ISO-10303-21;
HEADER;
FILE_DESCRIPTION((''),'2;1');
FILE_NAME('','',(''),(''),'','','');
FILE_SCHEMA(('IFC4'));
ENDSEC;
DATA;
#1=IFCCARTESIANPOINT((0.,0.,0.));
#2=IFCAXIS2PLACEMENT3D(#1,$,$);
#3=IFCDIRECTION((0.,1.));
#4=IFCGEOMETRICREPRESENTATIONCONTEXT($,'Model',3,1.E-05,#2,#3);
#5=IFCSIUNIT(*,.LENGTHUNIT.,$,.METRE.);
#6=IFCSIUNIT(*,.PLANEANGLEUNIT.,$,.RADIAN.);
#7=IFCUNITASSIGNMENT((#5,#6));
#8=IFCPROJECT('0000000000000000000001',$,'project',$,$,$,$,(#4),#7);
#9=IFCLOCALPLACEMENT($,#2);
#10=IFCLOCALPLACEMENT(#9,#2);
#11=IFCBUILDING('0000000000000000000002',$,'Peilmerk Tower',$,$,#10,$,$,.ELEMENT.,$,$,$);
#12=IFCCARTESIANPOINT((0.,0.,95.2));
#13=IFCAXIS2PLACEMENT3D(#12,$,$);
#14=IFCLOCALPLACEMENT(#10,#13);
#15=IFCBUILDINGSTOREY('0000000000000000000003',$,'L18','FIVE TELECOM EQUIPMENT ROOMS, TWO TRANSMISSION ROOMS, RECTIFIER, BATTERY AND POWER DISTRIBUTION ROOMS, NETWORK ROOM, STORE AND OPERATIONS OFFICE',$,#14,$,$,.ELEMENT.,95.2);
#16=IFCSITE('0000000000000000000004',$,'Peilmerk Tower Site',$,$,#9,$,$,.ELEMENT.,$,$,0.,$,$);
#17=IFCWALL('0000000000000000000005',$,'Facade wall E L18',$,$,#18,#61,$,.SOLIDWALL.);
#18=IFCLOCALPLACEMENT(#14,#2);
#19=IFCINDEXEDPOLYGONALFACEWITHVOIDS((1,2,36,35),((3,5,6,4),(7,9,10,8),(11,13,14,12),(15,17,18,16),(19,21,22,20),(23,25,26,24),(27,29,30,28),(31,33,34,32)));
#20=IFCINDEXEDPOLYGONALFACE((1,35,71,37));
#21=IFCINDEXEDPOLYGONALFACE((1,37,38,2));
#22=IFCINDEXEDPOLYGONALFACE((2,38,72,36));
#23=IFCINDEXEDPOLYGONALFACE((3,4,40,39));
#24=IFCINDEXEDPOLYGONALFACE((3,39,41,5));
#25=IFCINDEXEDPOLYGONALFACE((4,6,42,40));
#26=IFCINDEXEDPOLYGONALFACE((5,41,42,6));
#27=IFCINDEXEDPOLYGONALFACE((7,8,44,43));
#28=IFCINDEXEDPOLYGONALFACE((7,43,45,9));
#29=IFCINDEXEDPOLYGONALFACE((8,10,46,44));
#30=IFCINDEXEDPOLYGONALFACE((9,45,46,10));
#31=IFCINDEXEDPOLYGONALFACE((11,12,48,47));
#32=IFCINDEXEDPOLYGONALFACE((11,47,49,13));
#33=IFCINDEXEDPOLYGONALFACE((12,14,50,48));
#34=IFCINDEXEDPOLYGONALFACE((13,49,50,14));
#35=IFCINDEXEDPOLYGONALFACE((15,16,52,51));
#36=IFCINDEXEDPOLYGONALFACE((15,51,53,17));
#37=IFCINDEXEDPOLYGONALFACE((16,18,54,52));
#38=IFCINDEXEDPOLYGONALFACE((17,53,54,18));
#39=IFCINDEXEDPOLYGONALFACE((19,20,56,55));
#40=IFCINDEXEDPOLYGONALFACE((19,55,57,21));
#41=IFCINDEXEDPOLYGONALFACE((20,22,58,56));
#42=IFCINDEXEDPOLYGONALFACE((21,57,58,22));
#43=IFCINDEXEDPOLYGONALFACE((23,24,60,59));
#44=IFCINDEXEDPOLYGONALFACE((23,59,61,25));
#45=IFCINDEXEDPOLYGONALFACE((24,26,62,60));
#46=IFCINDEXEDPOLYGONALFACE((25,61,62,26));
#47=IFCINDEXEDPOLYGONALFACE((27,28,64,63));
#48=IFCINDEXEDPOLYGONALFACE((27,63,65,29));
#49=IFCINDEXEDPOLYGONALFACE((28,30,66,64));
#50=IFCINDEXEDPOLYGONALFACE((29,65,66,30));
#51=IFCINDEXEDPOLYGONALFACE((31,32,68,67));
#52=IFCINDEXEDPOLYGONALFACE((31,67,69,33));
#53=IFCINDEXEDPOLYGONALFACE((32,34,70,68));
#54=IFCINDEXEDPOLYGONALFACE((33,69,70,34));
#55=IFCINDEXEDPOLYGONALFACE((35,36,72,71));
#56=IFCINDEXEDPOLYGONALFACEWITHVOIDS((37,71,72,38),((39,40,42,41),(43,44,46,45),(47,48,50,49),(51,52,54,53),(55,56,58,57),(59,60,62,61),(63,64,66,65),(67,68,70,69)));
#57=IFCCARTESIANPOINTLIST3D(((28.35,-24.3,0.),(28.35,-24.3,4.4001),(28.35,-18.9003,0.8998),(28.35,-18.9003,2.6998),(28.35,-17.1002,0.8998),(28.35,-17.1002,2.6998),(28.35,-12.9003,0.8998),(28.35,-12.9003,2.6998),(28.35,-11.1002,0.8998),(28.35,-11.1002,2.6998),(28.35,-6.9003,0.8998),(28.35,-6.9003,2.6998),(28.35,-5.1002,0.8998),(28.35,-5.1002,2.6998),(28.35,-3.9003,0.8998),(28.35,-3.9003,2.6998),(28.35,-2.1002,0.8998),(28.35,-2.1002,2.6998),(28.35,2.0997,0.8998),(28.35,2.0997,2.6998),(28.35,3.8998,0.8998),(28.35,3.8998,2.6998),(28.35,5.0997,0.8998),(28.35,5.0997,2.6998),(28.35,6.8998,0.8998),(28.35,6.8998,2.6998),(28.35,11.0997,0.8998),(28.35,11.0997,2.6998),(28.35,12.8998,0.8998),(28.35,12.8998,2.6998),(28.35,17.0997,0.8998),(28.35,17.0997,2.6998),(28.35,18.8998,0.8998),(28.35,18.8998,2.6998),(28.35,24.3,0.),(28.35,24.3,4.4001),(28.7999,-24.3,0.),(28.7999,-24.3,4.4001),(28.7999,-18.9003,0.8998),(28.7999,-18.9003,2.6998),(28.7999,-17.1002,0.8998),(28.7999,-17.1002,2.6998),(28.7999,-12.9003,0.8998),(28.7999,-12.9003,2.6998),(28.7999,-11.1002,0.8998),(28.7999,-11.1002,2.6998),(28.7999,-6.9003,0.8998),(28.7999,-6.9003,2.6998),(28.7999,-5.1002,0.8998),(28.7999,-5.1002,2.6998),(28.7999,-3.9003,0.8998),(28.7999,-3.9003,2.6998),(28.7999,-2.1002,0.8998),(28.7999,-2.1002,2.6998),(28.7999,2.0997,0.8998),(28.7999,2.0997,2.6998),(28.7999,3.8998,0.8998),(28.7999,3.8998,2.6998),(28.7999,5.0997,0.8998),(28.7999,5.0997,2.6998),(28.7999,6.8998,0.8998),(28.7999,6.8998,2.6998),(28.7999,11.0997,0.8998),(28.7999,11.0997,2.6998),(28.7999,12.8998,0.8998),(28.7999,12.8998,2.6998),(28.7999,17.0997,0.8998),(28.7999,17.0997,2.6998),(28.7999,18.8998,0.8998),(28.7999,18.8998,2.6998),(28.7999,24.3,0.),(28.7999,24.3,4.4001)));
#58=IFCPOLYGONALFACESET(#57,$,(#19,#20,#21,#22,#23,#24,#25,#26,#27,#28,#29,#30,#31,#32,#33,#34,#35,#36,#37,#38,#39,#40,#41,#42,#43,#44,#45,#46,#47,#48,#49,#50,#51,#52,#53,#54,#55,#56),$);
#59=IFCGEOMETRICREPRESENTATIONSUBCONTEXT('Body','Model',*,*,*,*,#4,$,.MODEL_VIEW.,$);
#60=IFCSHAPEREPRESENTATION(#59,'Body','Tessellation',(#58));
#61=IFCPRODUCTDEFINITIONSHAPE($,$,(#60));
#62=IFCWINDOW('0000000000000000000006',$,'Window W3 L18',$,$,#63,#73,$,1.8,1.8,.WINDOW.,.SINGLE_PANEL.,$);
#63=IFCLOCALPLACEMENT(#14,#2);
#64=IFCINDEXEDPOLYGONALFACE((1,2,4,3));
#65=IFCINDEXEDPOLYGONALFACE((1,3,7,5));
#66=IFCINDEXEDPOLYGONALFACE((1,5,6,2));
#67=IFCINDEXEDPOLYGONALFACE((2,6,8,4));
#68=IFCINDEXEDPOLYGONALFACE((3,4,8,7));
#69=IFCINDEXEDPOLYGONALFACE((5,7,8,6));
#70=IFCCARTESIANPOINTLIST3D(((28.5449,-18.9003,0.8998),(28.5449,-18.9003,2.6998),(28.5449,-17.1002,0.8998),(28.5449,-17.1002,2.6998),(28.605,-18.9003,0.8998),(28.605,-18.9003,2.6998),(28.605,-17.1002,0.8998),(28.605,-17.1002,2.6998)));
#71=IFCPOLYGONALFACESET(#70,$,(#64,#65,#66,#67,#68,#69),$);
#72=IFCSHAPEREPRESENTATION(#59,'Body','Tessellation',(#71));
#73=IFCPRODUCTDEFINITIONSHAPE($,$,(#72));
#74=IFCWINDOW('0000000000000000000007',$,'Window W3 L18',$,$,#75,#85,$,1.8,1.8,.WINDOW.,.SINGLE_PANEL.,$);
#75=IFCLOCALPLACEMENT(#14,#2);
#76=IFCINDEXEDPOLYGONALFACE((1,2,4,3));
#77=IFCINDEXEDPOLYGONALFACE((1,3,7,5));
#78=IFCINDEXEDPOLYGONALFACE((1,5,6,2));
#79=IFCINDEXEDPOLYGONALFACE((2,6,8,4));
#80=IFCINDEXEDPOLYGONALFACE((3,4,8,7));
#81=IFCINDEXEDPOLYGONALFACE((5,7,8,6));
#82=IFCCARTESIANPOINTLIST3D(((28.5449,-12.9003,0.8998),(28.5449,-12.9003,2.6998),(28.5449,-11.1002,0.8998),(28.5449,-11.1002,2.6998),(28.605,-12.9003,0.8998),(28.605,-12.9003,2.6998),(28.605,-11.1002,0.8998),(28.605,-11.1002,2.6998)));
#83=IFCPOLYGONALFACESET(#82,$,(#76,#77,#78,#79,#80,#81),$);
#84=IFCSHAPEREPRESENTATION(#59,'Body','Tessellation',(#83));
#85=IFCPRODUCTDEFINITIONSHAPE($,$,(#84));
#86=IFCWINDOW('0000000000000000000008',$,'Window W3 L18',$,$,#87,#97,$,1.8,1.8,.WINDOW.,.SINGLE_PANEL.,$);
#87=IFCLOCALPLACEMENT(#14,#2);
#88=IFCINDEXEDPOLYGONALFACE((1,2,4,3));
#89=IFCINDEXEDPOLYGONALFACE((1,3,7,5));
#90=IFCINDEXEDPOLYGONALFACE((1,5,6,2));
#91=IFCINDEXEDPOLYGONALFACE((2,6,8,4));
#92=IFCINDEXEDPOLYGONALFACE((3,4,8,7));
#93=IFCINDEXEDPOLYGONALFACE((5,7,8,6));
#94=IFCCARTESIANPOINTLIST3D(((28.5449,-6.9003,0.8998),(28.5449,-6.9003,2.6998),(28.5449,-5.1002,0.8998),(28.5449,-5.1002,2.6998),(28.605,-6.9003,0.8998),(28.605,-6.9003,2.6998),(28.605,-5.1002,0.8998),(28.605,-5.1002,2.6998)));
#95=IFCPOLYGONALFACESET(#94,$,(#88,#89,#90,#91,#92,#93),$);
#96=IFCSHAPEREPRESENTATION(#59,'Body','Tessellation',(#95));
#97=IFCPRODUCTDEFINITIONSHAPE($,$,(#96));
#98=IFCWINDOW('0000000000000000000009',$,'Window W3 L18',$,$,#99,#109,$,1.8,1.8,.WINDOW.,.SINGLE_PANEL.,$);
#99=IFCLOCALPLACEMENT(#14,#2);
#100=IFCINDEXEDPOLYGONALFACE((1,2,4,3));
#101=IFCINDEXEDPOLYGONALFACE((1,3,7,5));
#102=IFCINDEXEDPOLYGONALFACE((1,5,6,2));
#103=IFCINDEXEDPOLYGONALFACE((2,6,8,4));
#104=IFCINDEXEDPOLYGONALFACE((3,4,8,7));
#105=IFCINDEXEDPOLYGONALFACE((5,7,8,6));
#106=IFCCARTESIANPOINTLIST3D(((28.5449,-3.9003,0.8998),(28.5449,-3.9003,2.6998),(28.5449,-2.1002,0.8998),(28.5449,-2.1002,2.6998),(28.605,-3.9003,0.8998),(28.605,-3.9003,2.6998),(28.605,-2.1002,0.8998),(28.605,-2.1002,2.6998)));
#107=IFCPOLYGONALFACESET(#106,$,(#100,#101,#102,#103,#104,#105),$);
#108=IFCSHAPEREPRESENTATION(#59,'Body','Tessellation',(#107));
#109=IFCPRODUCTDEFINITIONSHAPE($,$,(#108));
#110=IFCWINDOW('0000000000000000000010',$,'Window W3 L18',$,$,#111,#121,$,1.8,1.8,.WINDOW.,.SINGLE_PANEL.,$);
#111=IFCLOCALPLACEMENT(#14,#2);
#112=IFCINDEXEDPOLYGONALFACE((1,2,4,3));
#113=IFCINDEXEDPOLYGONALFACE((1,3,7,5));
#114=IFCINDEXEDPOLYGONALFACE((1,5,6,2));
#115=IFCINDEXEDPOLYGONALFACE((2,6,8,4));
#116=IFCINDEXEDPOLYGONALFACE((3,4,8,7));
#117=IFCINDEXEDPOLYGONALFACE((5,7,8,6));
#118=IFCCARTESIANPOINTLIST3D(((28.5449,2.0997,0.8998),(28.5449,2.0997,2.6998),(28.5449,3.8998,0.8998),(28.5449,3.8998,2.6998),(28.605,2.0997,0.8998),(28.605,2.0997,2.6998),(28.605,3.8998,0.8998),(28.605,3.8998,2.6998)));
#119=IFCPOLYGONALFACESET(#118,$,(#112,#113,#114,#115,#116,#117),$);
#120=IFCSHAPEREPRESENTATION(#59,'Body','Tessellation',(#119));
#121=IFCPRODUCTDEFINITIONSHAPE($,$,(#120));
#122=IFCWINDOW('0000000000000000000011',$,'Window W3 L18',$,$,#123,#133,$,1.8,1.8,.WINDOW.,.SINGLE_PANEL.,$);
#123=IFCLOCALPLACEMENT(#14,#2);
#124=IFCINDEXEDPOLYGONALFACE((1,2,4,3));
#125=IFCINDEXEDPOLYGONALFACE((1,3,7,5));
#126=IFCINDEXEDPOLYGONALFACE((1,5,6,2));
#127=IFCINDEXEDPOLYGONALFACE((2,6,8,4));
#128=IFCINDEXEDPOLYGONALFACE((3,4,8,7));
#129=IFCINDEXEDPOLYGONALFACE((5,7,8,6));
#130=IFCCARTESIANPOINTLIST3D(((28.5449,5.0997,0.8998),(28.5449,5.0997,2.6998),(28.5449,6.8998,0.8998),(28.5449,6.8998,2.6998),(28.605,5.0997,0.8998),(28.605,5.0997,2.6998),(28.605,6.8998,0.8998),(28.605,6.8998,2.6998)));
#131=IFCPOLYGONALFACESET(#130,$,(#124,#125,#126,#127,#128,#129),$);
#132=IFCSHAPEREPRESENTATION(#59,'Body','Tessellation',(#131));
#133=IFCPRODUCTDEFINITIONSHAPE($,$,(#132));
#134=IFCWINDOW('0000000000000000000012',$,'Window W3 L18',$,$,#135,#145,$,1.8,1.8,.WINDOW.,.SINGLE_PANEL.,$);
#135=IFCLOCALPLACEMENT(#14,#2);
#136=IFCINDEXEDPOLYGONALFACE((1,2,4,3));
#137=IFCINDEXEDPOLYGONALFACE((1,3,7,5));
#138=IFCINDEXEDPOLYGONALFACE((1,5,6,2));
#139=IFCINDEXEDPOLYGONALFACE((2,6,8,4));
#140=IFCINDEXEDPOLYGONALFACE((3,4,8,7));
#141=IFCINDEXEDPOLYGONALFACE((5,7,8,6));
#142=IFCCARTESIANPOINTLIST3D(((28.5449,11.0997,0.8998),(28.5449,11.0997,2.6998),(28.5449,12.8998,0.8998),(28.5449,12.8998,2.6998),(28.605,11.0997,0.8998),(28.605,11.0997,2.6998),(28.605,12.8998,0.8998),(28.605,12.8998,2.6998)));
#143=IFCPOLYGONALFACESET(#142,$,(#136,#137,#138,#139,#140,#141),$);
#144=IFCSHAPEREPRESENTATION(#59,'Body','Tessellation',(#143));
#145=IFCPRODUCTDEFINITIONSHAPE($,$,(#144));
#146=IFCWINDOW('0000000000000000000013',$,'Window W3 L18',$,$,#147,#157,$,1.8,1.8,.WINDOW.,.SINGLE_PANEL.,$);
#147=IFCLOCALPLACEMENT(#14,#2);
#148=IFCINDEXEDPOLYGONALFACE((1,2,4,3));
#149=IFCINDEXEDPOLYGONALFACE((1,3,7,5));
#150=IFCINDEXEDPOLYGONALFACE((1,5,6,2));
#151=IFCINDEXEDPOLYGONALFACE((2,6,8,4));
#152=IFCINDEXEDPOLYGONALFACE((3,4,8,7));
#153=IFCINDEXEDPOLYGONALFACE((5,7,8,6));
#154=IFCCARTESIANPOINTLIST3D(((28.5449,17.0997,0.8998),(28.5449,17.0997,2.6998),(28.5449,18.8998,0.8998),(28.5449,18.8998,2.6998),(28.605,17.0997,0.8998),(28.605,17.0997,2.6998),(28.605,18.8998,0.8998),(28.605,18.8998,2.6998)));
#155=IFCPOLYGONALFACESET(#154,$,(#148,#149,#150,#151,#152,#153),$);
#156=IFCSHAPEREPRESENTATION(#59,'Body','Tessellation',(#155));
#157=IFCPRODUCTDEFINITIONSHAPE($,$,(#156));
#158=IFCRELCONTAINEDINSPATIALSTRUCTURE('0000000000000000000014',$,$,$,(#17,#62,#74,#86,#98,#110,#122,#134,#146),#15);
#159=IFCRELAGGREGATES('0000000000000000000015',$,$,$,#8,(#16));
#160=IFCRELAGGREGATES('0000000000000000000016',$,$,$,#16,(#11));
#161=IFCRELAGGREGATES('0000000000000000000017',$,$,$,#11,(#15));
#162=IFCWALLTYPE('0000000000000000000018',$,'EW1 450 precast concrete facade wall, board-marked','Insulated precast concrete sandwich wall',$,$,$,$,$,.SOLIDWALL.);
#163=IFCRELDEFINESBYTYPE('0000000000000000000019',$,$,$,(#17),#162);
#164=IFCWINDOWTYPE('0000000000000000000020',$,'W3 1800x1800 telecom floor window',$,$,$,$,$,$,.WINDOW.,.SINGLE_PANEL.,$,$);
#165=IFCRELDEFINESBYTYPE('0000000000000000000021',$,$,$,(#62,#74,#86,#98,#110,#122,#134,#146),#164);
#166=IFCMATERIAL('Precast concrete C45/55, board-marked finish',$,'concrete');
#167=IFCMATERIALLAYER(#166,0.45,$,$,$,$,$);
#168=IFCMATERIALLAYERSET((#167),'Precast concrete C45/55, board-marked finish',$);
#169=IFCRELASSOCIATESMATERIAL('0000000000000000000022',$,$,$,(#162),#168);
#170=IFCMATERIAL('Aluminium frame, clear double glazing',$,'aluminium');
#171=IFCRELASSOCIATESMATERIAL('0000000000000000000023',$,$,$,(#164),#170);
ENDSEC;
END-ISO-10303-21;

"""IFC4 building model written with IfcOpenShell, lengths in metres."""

from ifc_helpers import new_model, si_unit, direction, frame, frame_2d, origin, place, context, subcontext, project, spatial, rectangle, extrude, material, layer, layer_set, type_object, element, fill, save


model = new_model("IFC4")

# Units and contexts
model_context = context("Model", 3, precision=1e-05, world=origin(), true_north=direction((0.0, 1.0)))
body_context = subcontext(model_context, "Body", "Model", "MODEL_VIEW")
ifc_project = project(units=[si_unit("LENGTHUNIT", "METRE"), si_unit("PLANEANGLEUNIT", "RADIAN")], contexts=[model_context])

# Site, building, storey
site_placement = place(None, origin())
site = spatial("IfcSite", under=ifc_project, at=site_placement, Name="Peilmerk Tower Site", CompositionType="ELEMENT", RefElevation=0.0)
building_placement = place(site_placement, origin())
building = spatial("IfcBuilding", under=site, at=building_placement, Name="Peilmerk Tower", CompositionType="ELEMENT")
storey_placement = place(building_placement, frame((0.0, 0.0, 95.2)))
storey = spatial("IfcBuildingStorey", under=building, at=storey_placement, Name="L18", Description="FIVE TELECOM EQUIPMENT ROOMS, TWO TRANSMISSION ROOMS, RECTIFIER, BATTERY AND POWER DISTRIBUTION ROOMS, NETWORK ROOM, STORE AND OPERATIONS OFFICE", CompositionType="ELEMENT", Elevation=95.2)

# Wall, openings, windows
ifc_material_1 = material(Name="Precast concrete C45/55, board-marked finish", Category="concrete")
ifc_layer = layer(ifc_material_1, 0.45)
ifc_layer_set = layer_set([ifc_layer], Name="Precast concrete C45/55, board-marked finish")
wall_type = type_object("IfcWallType", Name="EW1 450 precast concrete facade wall, board-marked", Description="Insulated precast concrete sandwich wall", PredefinedType="SOLIDWALL", material=ifc_layer_set)
wall_1_placement = place(storey_placement, frame((28.575, -24.3, 0.0), z_axis=(0.0, 0.0, 1.0), x_axis=(0.0, 1.0, 0.0)))
wall_1 = element("IfcWall", 1, at=wall_1_placement, inside=storey, type_object=wall_type, Name="Facade wall E L18", PredefinedType="SOLIDWALL", context=body_context, shape_type="SweptSolid", body=[
    extrude(rectangle(XDim=48.6001, YDim=0.45, at=frame_2d((24.3, 0.0))), origin(), (0.0, 0.0, 1.0), 4.4001),
])
opening_1_placement = place(wall_1_placement, frame((5.3999, 0.0, 0.8999)))
opening_1 = element("IfcOpeningElement", 2, at=opening_1_placement, cuts=wall_1, PredefinedType="OPENING", context=body_context, shape_type="SweptSolid", body=[
    extrude(rectangle(XDim=1.8, YDim=1.8, at=frame_2d((0.8999, 0.8999))), frame((0.0, 0.2349, 0.0), z_axis=(0.0, -1.0, 0.0), x_axis=(1.0, 0.0, 0.0)), (0.0, 0.0, 1.0), 0.47),
])
opening_2_placement = place(wall_1_placement, frame((11.3999, 0.0, 0.8999)))
opening_2 = element("IfcOpeningElement", 3, at=opening_2_placement, cuts=wall_1, PredefinedType="OPENING", context=body_context, shape_type="SweptSolid", body=[
    extrude(rectangle(XDim=1.8, YDim=1.8, at=frame_2d((0.8999, 0.8999))), frame((0.0, 0.2349, 0.0), z_axis=(0.0, -1.0, 0.0), x_axis=(1.0, 0.0, 0.0)), (0.0, 0.0, 1.0), 0.47),
])
opening_3_placement = place(wall_1_placement, frame((17.3999, 0.0, 0.8999)))
opening_3 = element("IfcOpeningElement", 4, at=opening_3_placement, cuts=wall_1, PredefinedType="OPENING", context=body_context, shape_type="SweptSolid", body=[
    extrude(rectangle(XDim=1.8, YDim=1.8, at=frame_2d((0.8999, 0.8999))), frame((0.0, 0.2349, 0.0), z_axis=(0.0, -1.0, 0.0), x_axis=(1.0, 0.0, 0.0)), (0.0, 0.0, 1.0), 0.47),
])
opening_4_placement = place(wall_1_placement, frame((20.3999, 0.0, 0.8999)))
opening_4 = element("IfcOpeningElement", 5, at=opening_4_placement, cuts=wall_1, PredefinedType="OPENING", context=body_context, shape_type="SweptSolid", body=[
    extrude(rectangle(XDim=1.8, YDim=1.8, at=frame_2d((0.8999, 0.8999))), frame((0.0, 0.2349, 0.0), z_axis=(0.0, -1.0, 0.0), x_axis=(1.0, 0.0, 0.0)), (0.0, 0.0, 1.0), 0.47),
])
opening_5_placement = place(wall_1_placement, frame((26.3999, 0.0, 0.8999)))
opening_5 = element("IfcOpeningElement", 6, at=opening_5_placement, cuts=wall_1, PredefinedType="OPENING", context=body_context, shape_type="SweptSolid", body=[
    extrude(rectangle(XDim=1.8, YDim=1.8, at=frame_2d((0.8999, 0.8999))), frame((0.0, 0.2349, 0.0), z_axis=(0.0, -1.0, 0.0), x_axis=(1.0, 0.0, 0.0)), (0.0, 0.0, 1.0), 0.47),
])
opening_6_placement = place(wall_1_placement, frame((29.3999, 0.0, 0.8999)))
opening_6 = element("IfcOpeningElement", 7, at=opening_6_placement, cuts=wall_1, PredefinedType="OPENING", context=body_context, shape_type="SweptSolid", body=[
    extrude(rectangle(XDim=1.8, YDim=1.8, at=frame_2d((0.8999, 0.8999))), frame((0.0, 0.2349, 0.0), z_axis=(0.0, -1.0, 0.0), x_axis=(1.0, 0.0, 0.0)), (0.0, 0.0, 1.0), 0.47),
])
opening_7_placement = place(wall_1_placement, frame((35.3999, 0.0, 0.8999)))
opening_7 = element("IfcOpeningElement", 8, at=opening_7_placement, cuts=wall_1, PredefinedType="OPENING", context=body_context, shape_type="SweptSolid", body=[
    extrude(rectangle(XDim=1.8, YDim=1.8, at=frame_2d((0.8999, 0.8999))), frame((0.0, 0.2349, 0.0), z_axis=(0.0, -1.0, 0.0), x_axis=(1.0, 0.0, 0.0)), (0.0, 0.0, 1.0), 0.47),
])
opening_8_placement = place(wall_1_placement, frame((41.3999, 0.0, 0.8999)))
opening_8 = element("IfcOpeningElement", 9, at=opening_8_placement, cuts=wall_1, PredefinedType="OPENING", context=body_context, shape_type="SweptSolid", body=[
    extrude(rectangle(XDim=1.8, YDim=1.8, at=frame_2d((0.8999, 0.8999))), frame((0.0, 0.2349, 0.0), z_axis=(0.0, -1.0, 0.0), x_axis=(1.0, 0.0, 0.0)), (0.0, 0.0, 1.0), 0.47),
])
ifc_material_2 = material(Name="Aluminium frame, clear double glazing", Category="aluminium")
window_type = type_object("IfcWindowType", Name="W3 1800x1800 telecom floor window", PartitioningType="SINGLE_PANEL", PredefinedType="WINDOW", material=ifc_material_2)
window_1_placement = place(opening_1_placement, origin())
window_1 = element("IfcWindow", 10, at=window_1_placement, inside=storey, type_object=window_type, Name="Window W3 L18", OverallHeight=1.8, OverallWidth=1.8, PartitioningType="SINGLE_PANEL", PredefinedType="WINDOW", context=body_context, shape_type="SweptSolid", body=[
    extrude(rectangle(XDim=1.8, YDim=1.8, at=frame_2d((0.8999, 0.8999))), frame((0.0, 0.03, 0.0), z_axis=(0.0, -1.0, 0.0), x_axis=(1.0, 0.0, 0.0)), (0.0, 0.0, 1.0), 0.0601),
])
fill(opening_1, window_1)
window_2_placement = place(opening_2_placement, origin())
window_2 = element("IfcWindow", 11, at=window_2_placement, inside=storey, type_object=window_type, Name="Window W3 L18", OverallHeight=1.8, OverallWidth=1.8, PartitioningType="SINGLE_PANEL", PredefinedType="WINDOW", context=body_context, shape_type="SweptSolid", body=[
    extrude(rectangle(XDim=1.8, YDim=1.8, at=frame_2d((0.8999, 0.8999))), frame((0.0, 0.03, 0.0), z_axis=(0.0, -1.0, 0.0), x_axis=(1.0, 0.0, 0.0)), (0.0, 0.0, 1.0), 0.0601),
])
fill(opening_2, window_2)
window_3_placement = place(opening_3_placement, origin())
window_3 = element("IfcWindow", 12, at=window_3_placement, inside=storey, type_object=window_type, Name="Window W3 L18", OverallHeight=1.8, OverallWidth=1.8, PartitioningType="SINGLE_PANEL", PredefinedType="WINDOW", context=body_context, shape_type="SweptSolid", body=[
    extrude(rectangle(XDim=1.8, YDim=1.8, at=frame_2d((0.8999, 0.8999))), frame((0.0, 0.03, 0.0), z_axis=(0.0, -1.0, 0.0), x_axis=(1.0, 0.0, 0.0)), (0.0, 0.0, 1.0), 0.0601),
])
fill(opening_3, window_3)
window_4_placement = place(opening_4_placement, origin())
window_4 = element("IfcWindow", 13, at=window_4_placement, inside=storey, type_object=window_type, Name="Window W3 L18", OverallHeight=1.8, OverallWidth=1.8, PartitioningType="SINGLE_PANEL", PredefinedType="WINDOW", context=body_context, shape_type="SweptSolid", body=[
    extrude(rectangle(XDim=1.8, YDim=1.8, at=frame_2d((0.8999, 0.8999))), frame((0.0, 0.03, 0.0), z_axis=(0.0, -1.0, 0.0), x_axis=(1.0, 0.0, 0.0)), (0.0, 0.0, 1.0), 0.0601),
])
fill(opening_4, window_4)
window_5_placement = place(opening_5_placement, origin())
window_5 = element("IfcWindow", 14, at=window_5_placement, inside=storey, type_object=window_type, Name="Window W3 L18", OverallHeight=1.8, OverallWidth=1.8, PartitioningType="SINGLE_PANEL", PredefinedType="WINDOW", context=body_context, shape_type="SweptSolid", body=[
    extrude(rectangle(XDim=1.8, YDim=1.8, at=frame_2d((0.8999, 0.8999))), frame((0.0, 0.03, 0.0), z_axis=(0.0, -1.0, 0.0), x_axis=(1.0, 0.0, 0.0)), (0.0, 0.0, 1.0), 0.0601),
])
fill(opening_5, window_5)
window_6_placement = place(opening_6_placement, origin())
window_6 = element("IfcWindow", 15, at=window_6_placement, inside=storey, type_object=window_type, Name="Window W3 L18", OverallHeight=1.8, OverallWidth=1.8, PartitioningType="SINGLE_PANEL", PredefinedType="WINDOW", context=body_context, shape_type="SweptSolid", body=[
    extrude(rectangle(XDim=1.8, YDim=1.8, at=frame_2d((0.8999, 0.8999))), frame((0.0, 0.03, 0.0), z_axis=(0.0, -1.0, 0.0), x_axis=(1.0, 0.0, 0.0)), (0.0, 0.0, 1.0), 0.0601),
])
fill(opening_6, window_6)
window_7_placement = place(opening_7_placement, origin())
window_7 = element("IfcWindow", 16, at=window_7_placement, inside=storey, type_object=window_type, Name="Window W3 L18", OverallHeight=1.8, OverallWidth=1.8, PartitioningType="SINGLE_PANEL", PredefinedType="WINDOW", context=body_context, shape_type="SweptSolid", body=[
    extrude(rectangle(XDim=1.8, YDim=1.8, at=frame_2d((0.8999, 0.8999))), frame((0.0, 0.03, 0.0), z_axis=(0.0, -1.0, 0.0), x_axis=(1.0, 0.0, 0.0)), (0.0, 0.0, 1.0), 0.0601),
])
fill(opening_7, window_7)
window_8_placement = place(opening_8_placement, origin())
window_8 = element("IfcWindow", 17, at=window_8_placement, inside=storey, type_object=window_type, Name="Window W3 L18", OverallHeight=1.8, OverallWidth=1.8, PartitioningType="SINGLE_PANEL", PredefinedType="WINDOW", context=body_context, shape_type="SweptSolid", body=[
    extrude(rectangle(XDim=1.8, YDim=1.8, at=frame_2d((0.8999, 0.8999))), frame((0.0, 0.03, 0.0), z_axis=(0.0, -1.0, 0.0), x_axis=(1.0, 0.0, 0.0)), (0.0, 0.0, 1.0), 0.0601),
])
fill(opening_8, window_8)

save(model, "model.ifc")
